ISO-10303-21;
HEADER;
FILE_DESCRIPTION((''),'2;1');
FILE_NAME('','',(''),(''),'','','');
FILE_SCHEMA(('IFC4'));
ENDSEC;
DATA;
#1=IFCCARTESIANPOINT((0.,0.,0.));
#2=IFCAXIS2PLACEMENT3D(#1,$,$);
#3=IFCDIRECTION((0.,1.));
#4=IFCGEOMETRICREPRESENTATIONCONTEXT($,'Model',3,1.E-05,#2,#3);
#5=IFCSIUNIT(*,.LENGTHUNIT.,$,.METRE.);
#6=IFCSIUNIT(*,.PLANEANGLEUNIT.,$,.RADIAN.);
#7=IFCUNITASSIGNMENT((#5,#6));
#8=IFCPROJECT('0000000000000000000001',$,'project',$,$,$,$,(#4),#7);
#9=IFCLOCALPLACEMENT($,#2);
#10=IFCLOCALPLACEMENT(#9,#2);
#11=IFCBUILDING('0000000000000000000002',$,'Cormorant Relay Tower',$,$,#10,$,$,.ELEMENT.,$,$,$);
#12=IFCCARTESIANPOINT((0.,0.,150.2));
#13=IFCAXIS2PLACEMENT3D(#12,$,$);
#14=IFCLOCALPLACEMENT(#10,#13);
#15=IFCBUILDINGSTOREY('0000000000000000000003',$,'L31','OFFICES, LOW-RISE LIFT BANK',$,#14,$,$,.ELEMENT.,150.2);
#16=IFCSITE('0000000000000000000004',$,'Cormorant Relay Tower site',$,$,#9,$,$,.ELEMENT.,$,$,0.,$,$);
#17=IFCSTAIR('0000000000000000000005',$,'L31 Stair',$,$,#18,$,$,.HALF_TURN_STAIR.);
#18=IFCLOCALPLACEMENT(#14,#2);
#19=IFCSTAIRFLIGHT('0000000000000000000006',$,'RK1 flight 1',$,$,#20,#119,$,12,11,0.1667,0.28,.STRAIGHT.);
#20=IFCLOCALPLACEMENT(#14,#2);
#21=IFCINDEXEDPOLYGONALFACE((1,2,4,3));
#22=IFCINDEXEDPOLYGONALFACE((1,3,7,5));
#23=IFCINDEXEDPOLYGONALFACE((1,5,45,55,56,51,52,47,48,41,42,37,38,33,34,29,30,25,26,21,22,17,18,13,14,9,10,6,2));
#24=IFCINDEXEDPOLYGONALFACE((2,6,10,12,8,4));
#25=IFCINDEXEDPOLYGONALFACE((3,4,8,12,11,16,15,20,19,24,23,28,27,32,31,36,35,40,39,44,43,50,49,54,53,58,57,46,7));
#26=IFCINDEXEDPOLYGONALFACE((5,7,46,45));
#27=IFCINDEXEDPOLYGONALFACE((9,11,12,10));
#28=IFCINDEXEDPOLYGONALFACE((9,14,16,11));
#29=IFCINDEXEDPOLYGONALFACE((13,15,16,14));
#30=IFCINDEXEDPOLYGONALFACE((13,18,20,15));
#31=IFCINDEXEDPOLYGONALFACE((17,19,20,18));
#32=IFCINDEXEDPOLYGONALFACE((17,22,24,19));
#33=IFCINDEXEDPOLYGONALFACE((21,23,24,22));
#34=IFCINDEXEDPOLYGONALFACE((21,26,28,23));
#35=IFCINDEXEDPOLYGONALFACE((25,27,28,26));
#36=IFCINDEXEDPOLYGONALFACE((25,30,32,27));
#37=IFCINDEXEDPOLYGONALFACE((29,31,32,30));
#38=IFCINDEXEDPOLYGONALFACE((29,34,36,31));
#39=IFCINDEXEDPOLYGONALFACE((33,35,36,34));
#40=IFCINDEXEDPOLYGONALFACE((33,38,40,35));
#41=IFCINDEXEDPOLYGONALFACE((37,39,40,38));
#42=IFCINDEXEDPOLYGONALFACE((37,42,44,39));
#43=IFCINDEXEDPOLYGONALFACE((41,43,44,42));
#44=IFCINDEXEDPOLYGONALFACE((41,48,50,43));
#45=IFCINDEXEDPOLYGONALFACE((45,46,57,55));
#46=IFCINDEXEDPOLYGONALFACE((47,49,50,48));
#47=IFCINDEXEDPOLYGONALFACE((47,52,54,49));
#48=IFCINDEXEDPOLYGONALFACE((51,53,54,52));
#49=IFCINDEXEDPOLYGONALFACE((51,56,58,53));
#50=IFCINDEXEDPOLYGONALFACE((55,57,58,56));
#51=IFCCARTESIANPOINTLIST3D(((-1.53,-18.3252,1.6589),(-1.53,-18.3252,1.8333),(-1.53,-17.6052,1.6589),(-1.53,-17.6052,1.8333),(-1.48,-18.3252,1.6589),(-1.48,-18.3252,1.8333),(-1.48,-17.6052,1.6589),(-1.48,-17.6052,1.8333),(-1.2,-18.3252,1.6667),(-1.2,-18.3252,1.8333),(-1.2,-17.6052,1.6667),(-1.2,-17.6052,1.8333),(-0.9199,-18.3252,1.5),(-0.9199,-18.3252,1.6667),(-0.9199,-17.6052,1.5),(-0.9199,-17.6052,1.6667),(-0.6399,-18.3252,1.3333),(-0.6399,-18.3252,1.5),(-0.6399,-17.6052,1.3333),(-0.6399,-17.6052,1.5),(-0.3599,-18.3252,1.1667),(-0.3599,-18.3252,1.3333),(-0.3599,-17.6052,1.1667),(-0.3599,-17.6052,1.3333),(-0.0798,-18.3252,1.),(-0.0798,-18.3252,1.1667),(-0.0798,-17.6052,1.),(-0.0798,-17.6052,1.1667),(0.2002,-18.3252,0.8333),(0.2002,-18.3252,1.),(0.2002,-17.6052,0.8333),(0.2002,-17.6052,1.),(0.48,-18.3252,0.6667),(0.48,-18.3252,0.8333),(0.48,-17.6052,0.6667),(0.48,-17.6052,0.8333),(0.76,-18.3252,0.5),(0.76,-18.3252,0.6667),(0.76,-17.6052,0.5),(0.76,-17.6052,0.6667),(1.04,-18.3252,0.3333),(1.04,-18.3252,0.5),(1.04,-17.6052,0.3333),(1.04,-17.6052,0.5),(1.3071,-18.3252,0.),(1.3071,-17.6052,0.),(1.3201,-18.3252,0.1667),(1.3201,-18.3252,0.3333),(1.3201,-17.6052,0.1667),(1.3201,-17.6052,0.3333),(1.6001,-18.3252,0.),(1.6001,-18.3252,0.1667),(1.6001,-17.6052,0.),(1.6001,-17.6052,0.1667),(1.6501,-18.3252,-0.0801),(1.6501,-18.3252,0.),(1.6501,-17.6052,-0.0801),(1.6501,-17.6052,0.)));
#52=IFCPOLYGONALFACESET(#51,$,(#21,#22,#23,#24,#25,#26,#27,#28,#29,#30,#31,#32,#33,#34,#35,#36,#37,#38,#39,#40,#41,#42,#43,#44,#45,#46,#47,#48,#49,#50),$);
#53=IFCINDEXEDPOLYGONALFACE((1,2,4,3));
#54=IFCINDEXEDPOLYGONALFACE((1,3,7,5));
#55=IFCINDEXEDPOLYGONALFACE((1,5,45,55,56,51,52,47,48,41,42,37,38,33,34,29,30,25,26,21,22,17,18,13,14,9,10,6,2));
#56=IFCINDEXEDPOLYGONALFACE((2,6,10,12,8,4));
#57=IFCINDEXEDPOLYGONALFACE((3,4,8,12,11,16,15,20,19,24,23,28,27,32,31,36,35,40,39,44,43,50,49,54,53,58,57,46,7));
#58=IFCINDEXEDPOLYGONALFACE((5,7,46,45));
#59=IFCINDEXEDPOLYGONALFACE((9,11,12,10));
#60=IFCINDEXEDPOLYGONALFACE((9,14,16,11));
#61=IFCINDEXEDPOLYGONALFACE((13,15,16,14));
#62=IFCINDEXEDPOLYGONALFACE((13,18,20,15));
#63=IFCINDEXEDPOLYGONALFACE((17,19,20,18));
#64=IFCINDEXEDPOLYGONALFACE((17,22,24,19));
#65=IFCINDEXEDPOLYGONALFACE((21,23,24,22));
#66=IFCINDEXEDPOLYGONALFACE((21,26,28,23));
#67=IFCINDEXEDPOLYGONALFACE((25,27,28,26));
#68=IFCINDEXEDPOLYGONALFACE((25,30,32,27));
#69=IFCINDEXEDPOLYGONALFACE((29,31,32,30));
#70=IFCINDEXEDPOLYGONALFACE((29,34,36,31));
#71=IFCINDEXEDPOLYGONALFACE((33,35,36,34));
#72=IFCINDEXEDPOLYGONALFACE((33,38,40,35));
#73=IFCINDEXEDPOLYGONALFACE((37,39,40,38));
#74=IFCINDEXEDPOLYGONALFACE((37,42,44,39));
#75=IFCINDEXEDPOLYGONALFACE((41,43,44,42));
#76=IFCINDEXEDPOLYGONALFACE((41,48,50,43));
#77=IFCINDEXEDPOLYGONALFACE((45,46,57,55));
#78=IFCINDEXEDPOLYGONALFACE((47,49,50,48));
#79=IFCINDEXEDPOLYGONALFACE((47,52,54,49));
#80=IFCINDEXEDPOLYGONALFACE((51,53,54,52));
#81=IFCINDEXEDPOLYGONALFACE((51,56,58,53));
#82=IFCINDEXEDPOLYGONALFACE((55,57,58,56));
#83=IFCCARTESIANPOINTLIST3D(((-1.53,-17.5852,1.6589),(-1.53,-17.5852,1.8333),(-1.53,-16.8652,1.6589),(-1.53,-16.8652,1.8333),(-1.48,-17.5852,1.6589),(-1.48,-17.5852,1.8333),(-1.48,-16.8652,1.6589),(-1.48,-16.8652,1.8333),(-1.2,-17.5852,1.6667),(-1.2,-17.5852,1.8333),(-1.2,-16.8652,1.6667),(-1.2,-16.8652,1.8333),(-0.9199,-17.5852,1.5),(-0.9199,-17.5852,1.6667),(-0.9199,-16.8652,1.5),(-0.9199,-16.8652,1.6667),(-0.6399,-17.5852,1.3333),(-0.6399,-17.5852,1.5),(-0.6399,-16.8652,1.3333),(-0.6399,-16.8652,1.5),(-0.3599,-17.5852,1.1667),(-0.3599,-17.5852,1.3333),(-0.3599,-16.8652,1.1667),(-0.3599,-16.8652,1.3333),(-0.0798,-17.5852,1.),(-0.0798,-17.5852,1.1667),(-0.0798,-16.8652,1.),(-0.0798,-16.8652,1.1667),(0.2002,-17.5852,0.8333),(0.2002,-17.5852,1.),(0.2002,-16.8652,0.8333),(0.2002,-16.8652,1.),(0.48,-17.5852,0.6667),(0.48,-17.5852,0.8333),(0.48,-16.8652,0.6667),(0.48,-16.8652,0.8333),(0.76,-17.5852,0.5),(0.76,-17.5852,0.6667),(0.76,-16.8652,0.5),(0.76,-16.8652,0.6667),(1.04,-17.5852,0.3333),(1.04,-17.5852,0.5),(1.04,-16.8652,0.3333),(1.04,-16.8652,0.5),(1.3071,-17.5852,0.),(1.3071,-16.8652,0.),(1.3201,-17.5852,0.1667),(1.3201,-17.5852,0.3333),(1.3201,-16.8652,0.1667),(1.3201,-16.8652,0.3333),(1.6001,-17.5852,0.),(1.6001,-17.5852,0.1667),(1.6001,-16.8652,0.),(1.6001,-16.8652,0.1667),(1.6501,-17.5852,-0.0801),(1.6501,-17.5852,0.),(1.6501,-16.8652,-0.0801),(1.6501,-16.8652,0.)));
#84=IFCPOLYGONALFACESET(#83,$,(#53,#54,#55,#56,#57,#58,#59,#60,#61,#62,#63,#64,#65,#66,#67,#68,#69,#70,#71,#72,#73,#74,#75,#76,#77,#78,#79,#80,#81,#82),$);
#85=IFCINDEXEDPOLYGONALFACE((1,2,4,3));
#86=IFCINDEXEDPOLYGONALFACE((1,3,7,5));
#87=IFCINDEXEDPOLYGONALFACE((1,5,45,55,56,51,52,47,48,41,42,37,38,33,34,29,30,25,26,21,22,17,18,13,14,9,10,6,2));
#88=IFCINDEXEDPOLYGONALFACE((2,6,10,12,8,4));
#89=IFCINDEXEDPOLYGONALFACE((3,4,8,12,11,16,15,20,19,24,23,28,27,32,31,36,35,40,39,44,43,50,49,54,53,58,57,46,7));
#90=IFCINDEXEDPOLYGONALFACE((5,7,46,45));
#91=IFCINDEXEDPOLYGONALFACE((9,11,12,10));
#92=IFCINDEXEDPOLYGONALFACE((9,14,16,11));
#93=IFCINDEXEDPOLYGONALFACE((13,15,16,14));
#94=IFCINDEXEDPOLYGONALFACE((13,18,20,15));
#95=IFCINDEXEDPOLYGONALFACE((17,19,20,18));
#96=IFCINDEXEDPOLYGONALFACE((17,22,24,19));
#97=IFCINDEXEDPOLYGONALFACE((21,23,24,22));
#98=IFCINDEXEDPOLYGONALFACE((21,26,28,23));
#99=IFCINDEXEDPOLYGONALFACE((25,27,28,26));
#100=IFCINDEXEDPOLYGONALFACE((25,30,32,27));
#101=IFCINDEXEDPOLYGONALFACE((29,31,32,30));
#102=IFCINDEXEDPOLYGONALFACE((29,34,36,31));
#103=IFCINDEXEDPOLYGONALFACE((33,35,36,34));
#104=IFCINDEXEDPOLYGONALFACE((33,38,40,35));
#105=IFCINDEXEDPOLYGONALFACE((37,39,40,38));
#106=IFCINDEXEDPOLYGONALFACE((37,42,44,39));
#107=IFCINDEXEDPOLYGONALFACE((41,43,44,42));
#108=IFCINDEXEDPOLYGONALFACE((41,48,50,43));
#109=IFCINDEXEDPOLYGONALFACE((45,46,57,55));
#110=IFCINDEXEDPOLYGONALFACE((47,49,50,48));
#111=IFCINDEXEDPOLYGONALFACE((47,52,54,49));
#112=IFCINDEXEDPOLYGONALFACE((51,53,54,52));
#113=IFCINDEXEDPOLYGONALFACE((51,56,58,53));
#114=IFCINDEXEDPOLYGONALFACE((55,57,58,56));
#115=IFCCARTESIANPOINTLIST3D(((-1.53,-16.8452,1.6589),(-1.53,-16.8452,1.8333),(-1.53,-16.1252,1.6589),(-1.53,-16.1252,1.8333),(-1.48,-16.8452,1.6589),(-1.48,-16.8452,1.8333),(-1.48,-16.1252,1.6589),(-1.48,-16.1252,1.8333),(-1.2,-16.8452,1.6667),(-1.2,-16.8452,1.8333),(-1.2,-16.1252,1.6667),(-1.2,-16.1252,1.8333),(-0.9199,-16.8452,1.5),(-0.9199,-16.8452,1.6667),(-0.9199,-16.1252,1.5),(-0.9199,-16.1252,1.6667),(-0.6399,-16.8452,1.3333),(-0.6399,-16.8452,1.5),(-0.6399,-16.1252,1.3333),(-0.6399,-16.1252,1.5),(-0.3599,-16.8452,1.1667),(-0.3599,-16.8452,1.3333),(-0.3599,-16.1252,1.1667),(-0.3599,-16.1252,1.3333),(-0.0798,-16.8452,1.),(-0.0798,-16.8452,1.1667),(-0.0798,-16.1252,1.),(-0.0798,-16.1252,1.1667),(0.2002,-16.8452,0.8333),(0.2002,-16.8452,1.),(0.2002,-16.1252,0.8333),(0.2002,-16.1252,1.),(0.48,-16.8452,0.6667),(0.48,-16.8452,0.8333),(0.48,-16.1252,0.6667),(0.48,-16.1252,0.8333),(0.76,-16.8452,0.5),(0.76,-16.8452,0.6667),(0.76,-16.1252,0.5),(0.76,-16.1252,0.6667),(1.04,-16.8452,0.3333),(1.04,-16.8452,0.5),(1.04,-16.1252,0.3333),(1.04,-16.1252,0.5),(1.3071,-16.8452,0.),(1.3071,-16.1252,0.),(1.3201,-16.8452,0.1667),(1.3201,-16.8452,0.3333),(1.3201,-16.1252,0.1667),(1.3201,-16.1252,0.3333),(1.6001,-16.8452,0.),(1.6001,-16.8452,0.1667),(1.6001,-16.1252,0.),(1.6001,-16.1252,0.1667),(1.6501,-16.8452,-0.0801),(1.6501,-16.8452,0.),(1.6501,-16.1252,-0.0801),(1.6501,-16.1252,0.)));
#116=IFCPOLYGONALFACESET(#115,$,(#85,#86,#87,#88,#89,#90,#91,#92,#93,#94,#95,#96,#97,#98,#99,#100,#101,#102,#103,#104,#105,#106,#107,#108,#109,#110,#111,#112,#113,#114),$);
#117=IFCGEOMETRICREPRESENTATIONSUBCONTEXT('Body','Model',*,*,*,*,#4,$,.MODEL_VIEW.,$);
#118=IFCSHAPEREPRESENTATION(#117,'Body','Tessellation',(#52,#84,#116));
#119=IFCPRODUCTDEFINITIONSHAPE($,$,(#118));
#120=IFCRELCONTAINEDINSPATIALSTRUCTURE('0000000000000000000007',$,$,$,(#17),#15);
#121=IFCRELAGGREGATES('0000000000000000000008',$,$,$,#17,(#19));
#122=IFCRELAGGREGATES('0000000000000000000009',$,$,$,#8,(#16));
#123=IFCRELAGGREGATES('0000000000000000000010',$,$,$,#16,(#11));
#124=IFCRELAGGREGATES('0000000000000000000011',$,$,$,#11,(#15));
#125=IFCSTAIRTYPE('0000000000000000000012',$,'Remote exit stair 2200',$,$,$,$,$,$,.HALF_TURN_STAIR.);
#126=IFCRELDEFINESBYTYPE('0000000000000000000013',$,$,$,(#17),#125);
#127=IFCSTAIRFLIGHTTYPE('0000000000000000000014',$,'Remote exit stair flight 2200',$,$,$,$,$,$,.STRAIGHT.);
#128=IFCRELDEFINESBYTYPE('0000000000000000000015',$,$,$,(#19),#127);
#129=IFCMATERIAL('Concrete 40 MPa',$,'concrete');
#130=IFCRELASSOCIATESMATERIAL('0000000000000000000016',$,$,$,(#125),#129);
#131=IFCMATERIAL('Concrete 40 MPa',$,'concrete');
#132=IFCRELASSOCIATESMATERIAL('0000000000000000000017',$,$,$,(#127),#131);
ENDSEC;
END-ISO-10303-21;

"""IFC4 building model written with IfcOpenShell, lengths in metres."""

from ifc_helpers import new_model, si_unit, direction, frame, origin, place, context, subcontext, project, spatial, polyline, outline, extrude, material, type_object, element, aggregate, save


model = new_model("IFC4")

# Units and contexts
model_context = context("Model", 3, precision=1e-05, world=origin(), true_north=direction((0.0, 1.0)))
body_context = subcontext(model_context, "Body", "Model", "MODEL_VIEW")
ifc_project = project(units=[si_unit("LENGTHUNIT", "METRE"), si_unit("PLANEANGLEUNIT", "RADIAN")], contexts=[model_context])

# Site, building, storey
site_placement = place(None, origin())
site = spatial("IfcSite", under=ifc_project, at=site_placement, Name="Cormorant Relay Tower site", CompositionType="ELEMENT", RefElevation=0.0)
building_placement = place(site_placement, origin())
building = spatial("IfcBuilding", under=site, at=building_placement, Name="Cormorant Relay Tower", CompositionType="ELEMENT")
storey_placement = place(building_placement, frame((0.0, 0.0, 150.2)))
storey = spatial("IfcBuildingStorey", under=building, at=storey_placement, Name="L31", Description="OFFICES, LOW-RISE LIFT BANK", CompositionType="ELEMENT", Elevation=150.2)

# Stair, stair flight
ifc_material_1 = material(Name="Concrete 40 MPa", Category="concrete")
stair_type = type_object("IfcStairType", Name="Remote exit stair 2200", PredefinedType="HALF_TURN_STAIR", material=ifc_material_1)
stair_placement = place(storey_placement, origin())
stair = element("IfcStair", 1, at=stair_placement, inside=storey, type_object=stair_type, Name="L31 Stair", PredefinedType="HALF_TURN_STAIR")
ifc_material_2 = material(Name="Concrete 40 MPa", Category="concrete")
stair_flight_type = type_object("IfcStairFlightType", Name="Remote exit stair flight 2200", PredefinedType="STRAIGHT", material=ifc_material_2)
stair_flight_1_placement = place(storey_placement, frame((1.6001, -17.2251, 0.0), z_axis=(0.0, 0.0, 1.0), x_axis=(-1.0, 0.0, 0.0)))
stair_flight_1 = element("IfcStairFlight", 2, at=stair_flight_1_placement, type_object=stair_flight_type, Name="RK1 flight 1", NumberOfRisers=12, NumberOfTreads=11, PredefinedType="STRAIGHT", RiserHeight=0.1667, TreadLength=0.28, context=body_context, shape_type="SweptSolid", body=[
    extrude(outline(polyline([(-0.05, -0.0801), (-0.05, 0.0), (0.0, 0.0), (0.0, 0.1667), (0.28, 0.1667), (0.28, 0.3333), (0.5601, 0.3333), (0.5601, 0.5), (0.8401, 0.5), (0.8401, 0.6667), (1.1201, 0.6667), (1.1201, 0.8333), (1.3999, 0.8333), (1.3999, 1.0), (1.6799, 1.0), (1.6799, 1.1667), (1.96, 1.1667), (1.96, 1.3333), (2.24, 1.3333), (2.24, 1.5), (2.52, 1.5), (2.52, 1.6667), (2.8, 1.6667), (2.8, 1.8333), (3.0801, 1.8333), (3.1301, 1.8333), (3.1301, 1.6589), (3.0801, 1.6589), (0.293, 0.0), (-0.05, -0.0801)])), frame((0.0, 1.1001, 0.0), z_axis=(0.0, -1.0, 0.0), x_axis=(1.0, 0.0, 0.0)), (0.0, 0.0, 1.0), 0.72),
    extrude(outline(polyline([(-0.05, -0.0801), (-0.05, 0.0), (0.0, 0.0), (0.0, 0.1667), (0.28, 0.1667), (0.28, 0.3333), (0.5601, 0.3333), (0.5601, 0.5), (0.8401, 0.5), (0.8401, 0.6667), (1.1201, 0.6667), (1.1201, 0.8333), (1.3999, 0.8333), (1.3999, 1.0), (1.6799, 1.0), (1.6799, 1.1667), (1.96, 1.1667), (1.96, 1.3333), (2.24, 1.3333), (2.24, 1.5), (2.52, 1.5), (2.52, 1.6667), (2.8, 1.6667), (2.8, 1.8333), (3.0801, 1.8333), (3.1301, 1.8333), (3.1301, 1.6589), (3.0801, 1.6589), (0.293, 0.0), (-0.05, -0.0801)])), frame((0.0, 0.3601, 0.0), z_axis=(0.0, -1.0, 0.0), x_axis=(1.0, 0.0, 0.0)), (0.0, 0.0, 1.0), 0.72),
    extrude(outline(polyline([(-0.05, -0.0801), (-0.05, 0.0), (0.0, 0.0), (0.0, 0.1667), (0.28, 0.1667), (0.28, 0.3333), (0.5601, 0.3333), (0.5601, 0.5), (0.8401, 0.5), (0.8401, 0.6667), (1.1201, 0.6667), (1.1201, 0.8333), (1.3999, 0.8333), (1.3999, 1.0), (1.6799, 1.0), (1.6799, 1.1667), (1.96, 1.1667), (1.96, 1.3333), (2.24, 1.3333), (2.24, 1.5), (2.52, 1.5), (2.52, 1.6667), (2.8, 1.6667), (2.8, 1.8333), (3.0801, 1.8333), (3.1301, 1.8333), (3.1301, 1.6589), (3.0801, 1.6589), (0.293, 0.0), (-0.05, -0.0801)])), frame((0.0, -0.3799, 0.0), z_axis=(0.0, -1.0, 0.0), x_axis=(1.0, 0.0, 0.0)), (0.0, 0.0, 1.0), 0.72),
])
aggregate(stair, [stair_flight_1])

save(model, "model.ifc")
